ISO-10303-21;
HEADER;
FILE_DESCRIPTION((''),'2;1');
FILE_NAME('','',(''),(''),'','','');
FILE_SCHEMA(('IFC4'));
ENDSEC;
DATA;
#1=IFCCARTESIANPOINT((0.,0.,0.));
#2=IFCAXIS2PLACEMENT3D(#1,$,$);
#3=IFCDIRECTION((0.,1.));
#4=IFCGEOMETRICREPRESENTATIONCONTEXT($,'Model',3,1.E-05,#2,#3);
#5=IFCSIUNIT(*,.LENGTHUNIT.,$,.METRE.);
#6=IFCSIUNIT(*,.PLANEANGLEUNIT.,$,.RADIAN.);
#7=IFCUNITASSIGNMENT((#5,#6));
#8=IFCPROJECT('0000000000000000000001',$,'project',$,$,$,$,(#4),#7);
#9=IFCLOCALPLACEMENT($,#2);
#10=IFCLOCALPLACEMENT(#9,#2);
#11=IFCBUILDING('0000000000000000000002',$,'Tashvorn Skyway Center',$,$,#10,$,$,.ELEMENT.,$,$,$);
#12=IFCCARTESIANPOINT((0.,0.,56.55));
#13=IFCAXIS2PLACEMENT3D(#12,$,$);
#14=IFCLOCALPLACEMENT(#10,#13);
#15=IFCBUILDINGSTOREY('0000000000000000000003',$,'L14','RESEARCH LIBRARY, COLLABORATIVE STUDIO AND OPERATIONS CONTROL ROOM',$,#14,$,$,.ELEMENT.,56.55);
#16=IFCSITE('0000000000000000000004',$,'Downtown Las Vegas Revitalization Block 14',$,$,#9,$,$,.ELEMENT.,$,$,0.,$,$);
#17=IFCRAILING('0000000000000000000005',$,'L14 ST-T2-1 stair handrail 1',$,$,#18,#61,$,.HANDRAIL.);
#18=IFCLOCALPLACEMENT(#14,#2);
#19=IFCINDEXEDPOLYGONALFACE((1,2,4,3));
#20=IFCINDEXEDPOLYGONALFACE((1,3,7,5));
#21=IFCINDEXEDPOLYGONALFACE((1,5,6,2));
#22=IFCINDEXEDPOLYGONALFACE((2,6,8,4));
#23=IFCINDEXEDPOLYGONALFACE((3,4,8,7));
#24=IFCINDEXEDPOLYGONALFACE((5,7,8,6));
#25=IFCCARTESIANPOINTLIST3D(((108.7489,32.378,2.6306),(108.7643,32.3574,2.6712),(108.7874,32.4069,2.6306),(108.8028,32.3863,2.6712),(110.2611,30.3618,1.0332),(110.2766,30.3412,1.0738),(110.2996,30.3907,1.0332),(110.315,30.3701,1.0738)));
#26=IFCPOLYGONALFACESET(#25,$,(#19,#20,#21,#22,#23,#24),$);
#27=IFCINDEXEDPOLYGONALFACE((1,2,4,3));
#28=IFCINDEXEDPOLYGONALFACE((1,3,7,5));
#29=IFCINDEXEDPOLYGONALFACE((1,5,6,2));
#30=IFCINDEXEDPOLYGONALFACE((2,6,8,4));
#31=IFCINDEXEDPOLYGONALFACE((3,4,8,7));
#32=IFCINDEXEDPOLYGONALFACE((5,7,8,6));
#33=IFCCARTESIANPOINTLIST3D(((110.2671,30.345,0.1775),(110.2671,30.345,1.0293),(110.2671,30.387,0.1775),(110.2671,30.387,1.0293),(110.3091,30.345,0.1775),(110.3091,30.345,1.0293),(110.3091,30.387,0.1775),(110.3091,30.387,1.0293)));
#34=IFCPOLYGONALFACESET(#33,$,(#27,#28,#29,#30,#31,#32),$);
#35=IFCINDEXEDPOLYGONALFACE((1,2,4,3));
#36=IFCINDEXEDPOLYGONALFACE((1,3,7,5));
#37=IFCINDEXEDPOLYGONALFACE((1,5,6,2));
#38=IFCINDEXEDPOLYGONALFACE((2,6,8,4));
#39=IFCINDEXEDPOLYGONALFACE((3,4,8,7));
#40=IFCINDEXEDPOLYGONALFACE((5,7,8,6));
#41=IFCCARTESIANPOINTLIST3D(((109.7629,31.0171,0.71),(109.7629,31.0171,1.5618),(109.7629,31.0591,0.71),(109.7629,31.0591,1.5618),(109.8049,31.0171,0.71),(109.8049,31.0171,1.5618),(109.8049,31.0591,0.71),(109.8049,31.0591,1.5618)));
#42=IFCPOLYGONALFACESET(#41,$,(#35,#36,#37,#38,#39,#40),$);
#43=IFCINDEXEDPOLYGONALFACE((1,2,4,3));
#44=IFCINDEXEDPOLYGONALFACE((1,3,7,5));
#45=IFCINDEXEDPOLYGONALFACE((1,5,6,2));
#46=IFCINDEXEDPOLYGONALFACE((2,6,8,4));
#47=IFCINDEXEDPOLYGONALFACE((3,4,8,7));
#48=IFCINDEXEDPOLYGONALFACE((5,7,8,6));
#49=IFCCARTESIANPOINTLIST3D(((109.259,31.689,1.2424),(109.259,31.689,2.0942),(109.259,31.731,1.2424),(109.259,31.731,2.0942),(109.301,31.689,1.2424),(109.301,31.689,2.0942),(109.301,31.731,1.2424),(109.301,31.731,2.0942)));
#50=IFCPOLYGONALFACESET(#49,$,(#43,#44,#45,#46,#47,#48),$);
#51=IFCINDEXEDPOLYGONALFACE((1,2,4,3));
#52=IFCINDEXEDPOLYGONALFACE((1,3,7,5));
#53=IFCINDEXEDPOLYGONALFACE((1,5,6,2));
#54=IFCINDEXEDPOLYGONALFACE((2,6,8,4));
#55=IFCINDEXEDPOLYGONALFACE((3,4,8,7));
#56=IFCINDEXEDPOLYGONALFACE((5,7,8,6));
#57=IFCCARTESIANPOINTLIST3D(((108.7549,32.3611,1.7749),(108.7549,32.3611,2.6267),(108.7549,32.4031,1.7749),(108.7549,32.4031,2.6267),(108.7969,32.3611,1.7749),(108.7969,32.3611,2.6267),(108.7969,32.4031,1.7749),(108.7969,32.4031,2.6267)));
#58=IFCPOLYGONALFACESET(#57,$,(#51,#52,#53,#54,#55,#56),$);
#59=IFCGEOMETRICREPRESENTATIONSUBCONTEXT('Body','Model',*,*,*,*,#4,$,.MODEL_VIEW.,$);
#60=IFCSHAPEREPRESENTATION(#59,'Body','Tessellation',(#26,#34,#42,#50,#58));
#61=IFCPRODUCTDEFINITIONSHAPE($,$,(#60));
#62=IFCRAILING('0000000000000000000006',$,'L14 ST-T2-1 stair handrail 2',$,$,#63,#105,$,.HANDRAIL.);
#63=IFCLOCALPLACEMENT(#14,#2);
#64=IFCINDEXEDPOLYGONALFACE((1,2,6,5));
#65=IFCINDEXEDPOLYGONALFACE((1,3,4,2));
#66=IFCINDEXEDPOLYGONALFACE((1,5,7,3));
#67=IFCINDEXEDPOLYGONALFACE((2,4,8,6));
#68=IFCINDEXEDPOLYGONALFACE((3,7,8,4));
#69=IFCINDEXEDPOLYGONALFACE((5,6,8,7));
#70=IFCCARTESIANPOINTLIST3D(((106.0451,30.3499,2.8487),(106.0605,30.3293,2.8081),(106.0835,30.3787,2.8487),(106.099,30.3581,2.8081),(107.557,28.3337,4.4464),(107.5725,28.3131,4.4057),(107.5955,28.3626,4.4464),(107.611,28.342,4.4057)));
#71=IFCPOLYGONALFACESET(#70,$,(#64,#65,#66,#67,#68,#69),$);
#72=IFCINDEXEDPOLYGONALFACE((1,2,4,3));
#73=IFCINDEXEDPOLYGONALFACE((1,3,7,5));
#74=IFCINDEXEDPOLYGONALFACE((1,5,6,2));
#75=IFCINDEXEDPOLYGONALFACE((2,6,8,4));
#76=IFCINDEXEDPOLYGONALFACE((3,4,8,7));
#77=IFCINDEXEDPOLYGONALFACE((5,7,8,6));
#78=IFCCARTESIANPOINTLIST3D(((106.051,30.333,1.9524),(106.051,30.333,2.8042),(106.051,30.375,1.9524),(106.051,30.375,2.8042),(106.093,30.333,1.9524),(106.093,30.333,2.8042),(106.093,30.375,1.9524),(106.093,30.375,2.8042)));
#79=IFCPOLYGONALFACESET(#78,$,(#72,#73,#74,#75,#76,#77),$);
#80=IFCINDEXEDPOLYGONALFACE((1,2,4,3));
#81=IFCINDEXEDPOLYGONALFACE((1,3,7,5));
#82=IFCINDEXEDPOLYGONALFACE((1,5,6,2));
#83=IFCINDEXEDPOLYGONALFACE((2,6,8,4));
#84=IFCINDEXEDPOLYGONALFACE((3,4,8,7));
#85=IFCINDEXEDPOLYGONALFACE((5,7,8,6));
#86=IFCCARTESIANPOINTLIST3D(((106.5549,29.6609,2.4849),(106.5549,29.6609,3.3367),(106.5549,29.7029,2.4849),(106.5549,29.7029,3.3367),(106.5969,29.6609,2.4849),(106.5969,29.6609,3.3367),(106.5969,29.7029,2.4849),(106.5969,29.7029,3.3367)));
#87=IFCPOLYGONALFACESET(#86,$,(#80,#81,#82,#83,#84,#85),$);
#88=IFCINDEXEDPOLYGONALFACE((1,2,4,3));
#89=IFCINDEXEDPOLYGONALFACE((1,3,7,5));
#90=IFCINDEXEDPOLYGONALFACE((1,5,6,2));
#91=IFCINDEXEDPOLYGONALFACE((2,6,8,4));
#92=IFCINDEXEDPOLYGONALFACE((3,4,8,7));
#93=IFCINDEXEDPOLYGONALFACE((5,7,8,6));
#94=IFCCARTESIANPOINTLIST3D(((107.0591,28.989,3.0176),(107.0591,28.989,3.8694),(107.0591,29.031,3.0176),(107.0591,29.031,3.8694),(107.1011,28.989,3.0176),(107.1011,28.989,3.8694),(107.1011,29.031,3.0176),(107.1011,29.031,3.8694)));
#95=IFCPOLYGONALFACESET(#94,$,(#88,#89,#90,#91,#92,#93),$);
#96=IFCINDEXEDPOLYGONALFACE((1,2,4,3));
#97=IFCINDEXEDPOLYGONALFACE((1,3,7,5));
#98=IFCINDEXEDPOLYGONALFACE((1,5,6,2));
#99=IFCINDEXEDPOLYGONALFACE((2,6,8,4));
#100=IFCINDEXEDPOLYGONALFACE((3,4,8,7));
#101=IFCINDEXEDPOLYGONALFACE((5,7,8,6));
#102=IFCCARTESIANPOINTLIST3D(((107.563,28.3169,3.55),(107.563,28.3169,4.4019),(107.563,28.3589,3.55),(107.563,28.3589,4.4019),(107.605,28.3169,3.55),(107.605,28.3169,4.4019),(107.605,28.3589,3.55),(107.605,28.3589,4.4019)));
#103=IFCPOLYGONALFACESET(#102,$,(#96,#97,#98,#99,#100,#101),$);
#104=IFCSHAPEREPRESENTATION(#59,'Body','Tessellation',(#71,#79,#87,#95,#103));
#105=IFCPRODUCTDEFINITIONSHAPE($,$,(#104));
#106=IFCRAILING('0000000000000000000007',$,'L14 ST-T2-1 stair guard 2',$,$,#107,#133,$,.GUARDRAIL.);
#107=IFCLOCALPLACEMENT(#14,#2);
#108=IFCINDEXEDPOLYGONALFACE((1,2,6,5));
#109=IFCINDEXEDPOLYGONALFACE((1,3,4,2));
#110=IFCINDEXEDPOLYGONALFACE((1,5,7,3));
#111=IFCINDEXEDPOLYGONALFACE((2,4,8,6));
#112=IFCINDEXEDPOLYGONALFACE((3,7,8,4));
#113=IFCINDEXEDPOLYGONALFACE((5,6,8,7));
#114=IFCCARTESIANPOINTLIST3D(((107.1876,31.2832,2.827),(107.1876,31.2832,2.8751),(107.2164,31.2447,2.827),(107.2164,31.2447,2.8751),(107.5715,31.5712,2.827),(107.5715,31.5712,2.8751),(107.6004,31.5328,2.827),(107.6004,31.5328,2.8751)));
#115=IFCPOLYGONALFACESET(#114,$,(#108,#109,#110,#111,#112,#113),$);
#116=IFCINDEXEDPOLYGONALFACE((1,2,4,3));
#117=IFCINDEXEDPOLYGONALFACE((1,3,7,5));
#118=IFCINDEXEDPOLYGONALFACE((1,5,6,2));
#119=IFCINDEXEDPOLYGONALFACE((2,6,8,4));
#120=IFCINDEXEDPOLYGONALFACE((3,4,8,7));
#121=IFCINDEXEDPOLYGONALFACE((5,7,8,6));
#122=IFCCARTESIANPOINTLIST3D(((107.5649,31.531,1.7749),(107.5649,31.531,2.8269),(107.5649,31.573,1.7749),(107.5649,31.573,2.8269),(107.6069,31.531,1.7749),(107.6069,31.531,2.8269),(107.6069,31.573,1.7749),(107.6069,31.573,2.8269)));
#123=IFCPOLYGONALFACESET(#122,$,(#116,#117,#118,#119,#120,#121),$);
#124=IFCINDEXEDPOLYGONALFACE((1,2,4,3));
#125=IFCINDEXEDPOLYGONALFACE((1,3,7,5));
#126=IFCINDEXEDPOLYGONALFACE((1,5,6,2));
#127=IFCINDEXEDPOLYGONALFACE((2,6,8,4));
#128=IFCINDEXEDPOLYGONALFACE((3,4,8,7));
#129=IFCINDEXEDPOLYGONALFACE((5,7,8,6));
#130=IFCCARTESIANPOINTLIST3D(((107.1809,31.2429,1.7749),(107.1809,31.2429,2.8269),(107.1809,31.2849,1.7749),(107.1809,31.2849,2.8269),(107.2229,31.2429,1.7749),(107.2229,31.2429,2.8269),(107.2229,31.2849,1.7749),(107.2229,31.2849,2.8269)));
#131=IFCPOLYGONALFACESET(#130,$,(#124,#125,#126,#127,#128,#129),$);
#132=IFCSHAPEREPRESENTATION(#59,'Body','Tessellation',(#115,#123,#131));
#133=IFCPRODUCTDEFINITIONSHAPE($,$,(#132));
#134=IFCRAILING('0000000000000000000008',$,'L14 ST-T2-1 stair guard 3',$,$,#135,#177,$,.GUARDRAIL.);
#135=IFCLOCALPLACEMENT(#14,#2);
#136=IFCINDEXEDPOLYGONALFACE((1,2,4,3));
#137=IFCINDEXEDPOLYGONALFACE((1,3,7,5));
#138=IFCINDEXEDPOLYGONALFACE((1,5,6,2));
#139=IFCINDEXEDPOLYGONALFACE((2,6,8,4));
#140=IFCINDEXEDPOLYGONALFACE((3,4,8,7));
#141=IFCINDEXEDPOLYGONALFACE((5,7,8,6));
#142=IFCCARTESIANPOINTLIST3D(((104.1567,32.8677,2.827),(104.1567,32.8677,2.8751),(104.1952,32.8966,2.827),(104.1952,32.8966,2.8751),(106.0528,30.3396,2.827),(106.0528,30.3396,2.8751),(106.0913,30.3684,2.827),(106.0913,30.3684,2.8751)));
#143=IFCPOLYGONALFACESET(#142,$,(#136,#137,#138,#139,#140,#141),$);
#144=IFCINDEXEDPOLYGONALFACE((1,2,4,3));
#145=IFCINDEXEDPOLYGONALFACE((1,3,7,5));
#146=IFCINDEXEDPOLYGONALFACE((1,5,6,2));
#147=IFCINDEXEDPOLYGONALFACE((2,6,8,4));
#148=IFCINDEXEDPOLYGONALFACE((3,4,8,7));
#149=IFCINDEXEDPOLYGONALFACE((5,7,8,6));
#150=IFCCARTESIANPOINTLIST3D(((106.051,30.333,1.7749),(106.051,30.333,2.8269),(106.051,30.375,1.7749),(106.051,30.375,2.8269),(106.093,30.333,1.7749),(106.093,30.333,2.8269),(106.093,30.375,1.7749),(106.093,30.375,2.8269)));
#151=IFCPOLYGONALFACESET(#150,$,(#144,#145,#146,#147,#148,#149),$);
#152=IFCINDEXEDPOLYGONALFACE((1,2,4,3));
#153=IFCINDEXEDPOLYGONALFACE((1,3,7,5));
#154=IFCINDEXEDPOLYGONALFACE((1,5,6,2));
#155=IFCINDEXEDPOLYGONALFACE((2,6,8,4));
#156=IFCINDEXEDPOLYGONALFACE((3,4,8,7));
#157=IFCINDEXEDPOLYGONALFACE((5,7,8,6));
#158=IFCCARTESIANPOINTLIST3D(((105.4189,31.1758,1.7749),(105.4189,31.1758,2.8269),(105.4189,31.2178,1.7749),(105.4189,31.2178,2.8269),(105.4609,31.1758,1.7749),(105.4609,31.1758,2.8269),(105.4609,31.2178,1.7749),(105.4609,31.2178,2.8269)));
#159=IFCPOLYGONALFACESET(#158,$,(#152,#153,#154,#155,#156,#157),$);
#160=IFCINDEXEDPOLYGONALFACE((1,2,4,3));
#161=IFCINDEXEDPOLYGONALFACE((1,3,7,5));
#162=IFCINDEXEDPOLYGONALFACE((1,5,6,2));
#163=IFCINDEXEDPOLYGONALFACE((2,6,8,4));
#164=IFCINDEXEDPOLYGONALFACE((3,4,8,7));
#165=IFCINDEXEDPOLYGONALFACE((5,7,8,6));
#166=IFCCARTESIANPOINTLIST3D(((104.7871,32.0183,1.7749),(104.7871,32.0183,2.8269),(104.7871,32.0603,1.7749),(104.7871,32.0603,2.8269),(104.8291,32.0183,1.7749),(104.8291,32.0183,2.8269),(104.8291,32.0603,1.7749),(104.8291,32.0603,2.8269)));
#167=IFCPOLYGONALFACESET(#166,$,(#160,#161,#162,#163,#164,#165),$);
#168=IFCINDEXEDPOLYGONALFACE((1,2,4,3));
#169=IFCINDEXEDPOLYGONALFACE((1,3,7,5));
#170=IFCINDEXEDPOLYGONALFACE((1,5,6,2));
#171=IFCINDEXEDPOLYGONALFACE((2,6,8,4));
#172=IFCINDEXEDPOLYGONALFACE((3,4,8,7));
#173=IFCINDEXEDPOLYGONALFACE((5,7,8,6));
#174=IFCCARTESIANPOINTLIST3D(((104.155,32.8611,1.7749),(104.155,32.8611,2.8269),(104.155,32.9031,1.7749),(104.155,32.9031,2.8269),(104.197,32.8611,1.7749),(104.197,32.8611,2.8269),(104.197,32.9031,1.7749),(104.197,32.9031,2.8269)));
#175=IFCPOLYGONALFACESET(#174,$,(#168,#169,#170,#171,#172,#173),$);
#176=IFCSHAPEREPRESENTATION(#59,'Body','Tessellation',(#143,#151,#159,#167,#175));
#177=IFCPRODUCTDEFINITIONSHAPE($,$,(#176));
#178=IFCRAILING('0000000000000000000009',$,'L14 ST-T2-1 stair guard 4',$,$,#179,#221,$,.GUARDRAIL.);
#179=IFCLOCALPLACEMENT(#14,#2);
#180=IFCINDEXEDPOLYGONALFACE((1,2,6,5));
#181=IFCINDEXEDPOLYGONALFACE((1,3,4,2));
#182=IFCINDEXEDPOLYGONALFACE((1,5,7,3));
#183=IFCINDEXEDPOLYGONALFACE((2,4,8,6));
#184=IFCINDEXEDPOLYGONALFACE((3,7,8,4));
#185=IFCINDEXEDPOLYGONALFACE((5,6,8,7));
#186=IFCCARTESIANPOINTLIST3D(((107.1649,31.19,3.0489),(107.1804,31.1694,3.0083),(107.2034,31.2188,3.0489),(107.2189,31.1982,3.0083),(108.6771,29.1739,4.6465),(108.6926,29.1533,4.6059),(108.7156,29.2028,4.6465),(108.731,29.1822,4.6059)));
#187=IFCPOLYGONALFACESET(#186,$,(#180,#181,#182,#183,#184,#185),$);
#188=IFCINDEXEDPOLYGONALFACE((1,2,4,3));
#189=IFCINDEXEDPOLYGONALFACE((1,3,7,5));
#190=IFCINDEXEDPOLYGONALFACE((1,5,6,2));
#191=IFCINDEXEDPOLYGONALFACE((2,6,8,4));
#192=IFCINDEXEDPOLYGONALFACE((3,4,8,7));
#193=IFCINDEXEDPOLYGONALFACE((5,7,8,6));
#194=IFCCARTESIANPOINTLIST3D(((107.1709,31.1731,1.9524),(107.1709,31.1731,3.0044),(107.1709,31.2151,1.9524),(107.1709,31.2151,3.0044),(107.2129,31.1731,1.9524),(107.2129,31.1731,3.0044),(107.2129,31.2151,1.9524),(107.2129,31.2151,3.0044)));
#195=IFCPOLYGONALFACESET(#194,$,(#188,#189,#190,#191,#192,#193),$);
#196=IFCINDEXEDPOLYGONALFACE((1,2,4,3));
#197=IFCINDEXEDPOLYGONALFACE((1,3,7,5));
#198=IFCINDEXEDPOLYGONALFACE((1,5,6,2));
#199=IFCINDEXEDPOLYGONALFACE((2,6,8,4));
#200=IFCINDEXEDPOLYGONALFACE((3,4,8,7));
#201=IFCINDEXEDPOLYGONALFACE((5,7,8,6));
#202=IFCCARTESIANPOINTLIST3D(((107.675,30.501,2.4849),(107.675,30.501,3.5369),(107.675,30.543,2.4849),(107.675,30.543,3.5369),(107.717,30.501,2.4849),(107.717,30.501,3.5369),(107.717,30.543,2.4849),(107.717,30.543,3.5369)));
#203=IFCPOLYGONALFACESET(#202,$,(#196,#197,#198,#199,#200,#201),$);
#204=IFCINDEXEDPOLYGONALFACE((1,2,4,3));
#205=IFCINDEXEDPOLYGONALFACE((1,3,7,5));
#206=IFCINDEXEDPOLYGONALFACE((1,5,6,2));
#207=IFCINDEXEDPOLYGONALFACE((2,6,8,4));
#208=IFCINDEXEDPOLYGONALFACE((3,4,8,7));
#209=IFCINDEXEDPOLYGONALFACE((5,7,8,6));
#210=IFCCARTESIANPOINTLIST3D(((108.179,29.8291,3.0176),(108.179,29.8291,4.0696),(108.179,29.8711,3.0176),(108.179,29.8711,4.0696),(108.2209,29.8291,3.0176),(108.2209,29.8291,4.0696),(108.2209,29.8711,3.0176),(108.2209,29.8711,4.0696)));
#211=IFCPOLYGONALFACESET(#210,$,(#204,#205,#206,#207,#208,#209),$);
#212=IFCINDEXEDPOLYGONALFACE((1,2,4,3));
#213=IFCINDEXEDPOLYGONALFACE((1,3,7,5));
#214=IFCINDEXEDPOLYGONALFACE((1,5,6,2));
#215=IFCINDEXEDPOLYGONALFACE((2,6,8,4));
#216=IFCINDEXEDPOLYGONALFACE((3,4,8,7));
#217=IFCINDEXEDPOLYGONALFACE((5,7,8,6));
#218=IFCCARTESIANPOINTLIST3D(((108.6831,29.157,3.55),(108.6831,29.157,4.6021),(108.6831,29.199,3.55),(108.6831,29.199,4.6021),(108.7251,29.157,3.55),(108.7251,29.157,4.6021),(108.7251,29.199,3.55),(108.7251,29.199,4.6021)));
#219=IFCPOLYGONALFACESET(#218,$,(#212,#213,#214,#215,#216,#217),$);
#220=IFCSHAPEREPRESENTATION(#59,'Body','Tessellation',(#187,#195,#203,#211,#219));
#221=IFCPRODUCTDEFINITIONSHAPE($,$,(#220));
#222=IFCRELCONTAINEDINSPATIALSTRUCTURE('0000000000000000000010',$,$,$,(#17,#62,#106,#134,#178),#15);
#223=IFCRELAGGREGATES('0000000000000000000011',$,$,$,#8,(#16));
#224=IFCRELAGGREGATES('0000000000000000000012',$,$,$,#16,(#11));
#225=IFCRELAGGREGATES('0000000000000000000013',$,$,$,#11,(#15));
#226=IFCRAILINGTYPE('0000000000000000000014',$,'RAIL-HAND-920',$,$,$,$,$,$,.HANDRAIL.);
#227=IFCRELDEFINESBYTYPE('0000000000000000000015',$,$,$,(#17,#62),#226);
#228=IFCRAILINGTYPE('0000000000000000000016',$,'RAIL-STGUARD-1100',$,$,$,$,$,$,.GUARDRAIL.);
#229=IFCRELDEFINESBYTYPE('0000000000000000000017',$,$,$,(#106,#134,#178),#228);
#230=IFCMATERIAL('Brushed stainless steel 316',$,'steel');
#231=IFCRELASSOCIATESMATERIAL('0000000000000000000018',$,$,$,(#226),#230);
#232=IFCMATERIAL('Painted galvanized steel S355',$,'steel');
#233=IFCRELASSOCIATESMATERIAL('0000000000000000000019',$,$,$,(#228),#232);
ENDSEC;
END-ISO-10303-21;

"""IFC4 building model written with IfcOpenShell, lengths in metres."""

from ifc_helpers import new_model, si_unit, direction, frame, origin, origin_2d, place, context, subcontext, project, spatial, rectangle, extrude, material, type_object, element, save


model = new_model("IFC4")

# Units and contexts
model_context = context("Model", 3, precision=1e-05, world=origin(), true_north=direction((0.0, 1.0)))
body_context = subcontext(model_context, "Body", "Model", "MODEL_VIEW")
ifc_project = project(units=[si_unit("LENGTHUNIT", "METRE"), si_unit("PLANEANGLEUNIT", "RADIAN")], contexts=[model_context])

# Site, building, storey
site_placement = place(None, origin())
site = spatial("IfcSite", under=ifc_project, at=site_placement, Name="Downtown Las Vegas Revitalization Block 14", CompositionType="ELEMENT", RefElevation=0.0)
building_placement = place(site_placement, origin())
building = spatial("IfcBuilding", under=site, at=building_placement, Name="Tashvorn Skyway Center", CompositionType="ELEMENT")
storey_placement = place(building_placement, frame((0.0, 0.0, 56.55)))
storey = spatial("IfcBuildingStorey", under=building, at=storey_placement, Name="L14", Description="RESEARCH LIBRARY, COLLABORATIVE STUDIO AND OPERATIONS CONTROL ROOM", CompositionType="ELEMENT", Elevation=56.55)

# Railings
ifc_material_1 = material(Name="Brushed stainless steel 316", Category="steel")
railing_type_1 = type_object("IfcRailingType", Name="RAIL-HAND-920", PredefinedType="HANDRAIL", material=ifc_material_1)
railing_1_placement = place(storey_placement, frame((110.2881, 30.366, 0.1775)))
element("IfcRailing", 1, at=railing_1_placement, inside=storey, type_object=railing_type_1, Name="L14 ST-T2-1 stair handrail 1", PredefinedType="HANDRAIL", context=body_context, shape_type="SweptSolid", body=[
    extrude(rectangle(XDim=0.0481, YDim=0.0481, at=origin_2d()), frame((0.0, 0.0, 0.876), z_axis=(-0.506802, 0.675681, 0.535357), x_axis=(-0.799977, -0.600031, 0.0)), (0.0, 0.0, 1.0), 2.9839),
    extrude(rectangle(XDim=0.042, YDim=0.042, at=origin_2d()), origin(), (0.0, 0.0, 1.0), 0.8518),
    extrude(rectangle(XDim=0.042, YDim=0.042, at=origin_2d()), frame((-0.5042, 0.6721, 0.5325)), (0.0, 0.0, 1.0), 0.8518),
    extrude(rectangle(XDim=0.042, YDim=0.042, at=origin_2d()), frame((-1.0081, 1.344, 1.0649)), (0.0, 0.0, 1.0), 0.8518),
    extrude(rectangle(XDim=0.042, YDim=0.042, at=origin_2d()), frame((-1.5122, 2.0161, 1.5974)), (0.0, 0.0, 1.0), 0.8518),
])
railing_2_placement = place(storey_placement, frame((106.072, 30.354, 1.9524)))
element("IfcRailing", 2, at=railing_2_placement, inside=storey, type_object=railing_type_1, Name="L14 ST-T2-1 stair handrail 2", PredefinedType="HANDRAIL", context=body_context, shape_type="SweptSolid", body=[
    extrude(rectangle(XDim=0.0481, YDim=0.0481, at=origin_2d()), frame((0.0, 0.0, 0.876), z_axis=(0.506719, -0.675679, 0.535438), x_axis=(0.800023, 0.599969, 0.0)), (0.0, 0.0, 1.0), 2.9839),
    extrude(rectangle(XDim=0.042, YDim=0.042, at=origin_2d()), origin(), (0.0, 0.0, 1.0), 0.8518),
    extrude(rectangle(XDim=0.042, YDim=0.042, at=origin_2d()), frame((0.5039, -0.6721, 0.5325)), (0.0, 0.0, 1.0), 0.8518),
    extrude(rectangle(XDim=0.042, YDim=0.042, at=origin_2d()), frame((1.0081, -1.344, 1.0652)), (0.0, 0.0, 1.0), 0.8518),
    extrude(rectangle(XDim=0.042, YDim=0.042, at=origin_2d()), frame((1.512, -2.0161, 1.5977)), (0.0, 0.0, 1.0), 0.8518),
])
ifc_material_2 = material(Name="Painted galvanized steel S355", Category="steel")
railing_type_2 = type_object("IfcRailingType", Name="RAIL-STGUARD-1100", PredefinedType="GUARDRAIL", material=ifc_material_2)
railing_3_placement = place(storey_placement, frame((107.5859, 31.552, 1.7749)))
element("IfcRailing", 3, at=railing_3_placement, inside=storey, type_object=railing_type_2, Name="L14 ST-T2-1 stair guard 2", PredefinedType="GUARDRAIL", context=body_context, shape_type="SweptSolid", body=[
    extrude(rectangle(XDim=0.0481, YDim=0.0481, at=origin_2d()), frame((0.0, 0.0, 1.0762), z_axis=(-0.799939, -0.600081, 0.0), x_axis=(0.600081, -0.799939, 0.0)), (0.0, 0.0, 1.0), 0.48),
    extrude(rectangle(XDim=0.042, YDim=0.042, at=origin_2d()), origin(), (0.0, 0.0, 1.0), 1.052),
    extrude(rectangle(XDim=0.042, YDim=0.042, at=origin_2d()), frame((-0.384, -0.2881, 0.0)), (0.0, 0.0, 1.0), 1.052),
])
railing_4_placement = place(storey_placement, frame((106.072, 30.354, 1.7749)))
element("IfcRailing", 4, at=railing_4_placement, inside=storey, type_object=railing_type_2, Name="L14 ST-T2-1 stair guard 3", PredefinedType="GUARDRAIL", context=body_context, shape_type="SweptSolid", body=[
    extrude(rectangle(XDim=0.0481, YDim=0.0481, at=origin_2d()), frame((0.0, 0.0, 1.0762), z_axis=(-0.599988, 0.800009, 0.0), x_axis=(-0.800009, -0.599988, 0.0)), (0.0, 0.0, 1.0), 3.1602),
    extrude(rectangle(XDim=0.042, YDim=0.042, at=origin_2d()), origin(), (0.0, 0.0, 1.0), 1.052),
    extrude(rectangle(XDim=0.042, YDim=0.042, at=origin_2d()), frame((-0.6321, 0.8428, 0.0)), (0.0, 0.0, 1.0), 1.052),
    extrude(rectangle(XDim=0.042, YDim=0.042, at=origin_2d()), frame((-1.2639, 1.6853, 0.0)), (0.0, 0.0, 1.0), 1.052),
    extrude(rectangle(XDim=0.042, YDim=0.042, at=origin_2d()), frame((-1.896, 2.5281, 0.0)), (0.0, 0.0, 1.0), 1.052),
])
railing_5_placement = place(storey_placement, frame((107.1919, 31.1941, 1.9524)))
element("IfcRailing", 5, at=railing_5_placement, inside=storey, type_object=railing_type_2, Name="L14 ST-T2-1 stair guard 4", PredefinedType="GUARDRAIL", context=body_context, shape_type="SweptSolid", body=[
    extrude(rectangle(XDim=0.0481, YDim=0.0481, at=origin_2d()), frame((0.0, 0.0, 1.0762), z_axis=(0.506779, -0.675651, 0.535416), x_axis=(0.799977, 0.600031, 0.0)), (0.0, 0.0, 1.0), 2.9839),
    extrude(rectangle(XDim=0.042, YDim=0.042, at=origin_2d()), origin(), (0.0, 0.0, 1.0), 1.052),
    extrude(rectangle(XDim=0.042, YDim=0.042, at=origin_2d()), frame((0.5042, -0.6721, 0.5325)), (0.0, 0.0, 1.0), 1.052),
    extrude(rectangle(XDim=0.042, YDim=0.042, at=origin_2d()), frame((1.0081, -1.344, 1.0652)), (0.0, 0.0, 1.0), 1.052),
    extrude(rectangle(XDim=0.042, YDim=0.042, at=origin_2d()), frame((1.5122, -2.0161, 1.5977)), (0.0, 0.0, 1.0), 1.052),
])

save(model, "model.ifc")
